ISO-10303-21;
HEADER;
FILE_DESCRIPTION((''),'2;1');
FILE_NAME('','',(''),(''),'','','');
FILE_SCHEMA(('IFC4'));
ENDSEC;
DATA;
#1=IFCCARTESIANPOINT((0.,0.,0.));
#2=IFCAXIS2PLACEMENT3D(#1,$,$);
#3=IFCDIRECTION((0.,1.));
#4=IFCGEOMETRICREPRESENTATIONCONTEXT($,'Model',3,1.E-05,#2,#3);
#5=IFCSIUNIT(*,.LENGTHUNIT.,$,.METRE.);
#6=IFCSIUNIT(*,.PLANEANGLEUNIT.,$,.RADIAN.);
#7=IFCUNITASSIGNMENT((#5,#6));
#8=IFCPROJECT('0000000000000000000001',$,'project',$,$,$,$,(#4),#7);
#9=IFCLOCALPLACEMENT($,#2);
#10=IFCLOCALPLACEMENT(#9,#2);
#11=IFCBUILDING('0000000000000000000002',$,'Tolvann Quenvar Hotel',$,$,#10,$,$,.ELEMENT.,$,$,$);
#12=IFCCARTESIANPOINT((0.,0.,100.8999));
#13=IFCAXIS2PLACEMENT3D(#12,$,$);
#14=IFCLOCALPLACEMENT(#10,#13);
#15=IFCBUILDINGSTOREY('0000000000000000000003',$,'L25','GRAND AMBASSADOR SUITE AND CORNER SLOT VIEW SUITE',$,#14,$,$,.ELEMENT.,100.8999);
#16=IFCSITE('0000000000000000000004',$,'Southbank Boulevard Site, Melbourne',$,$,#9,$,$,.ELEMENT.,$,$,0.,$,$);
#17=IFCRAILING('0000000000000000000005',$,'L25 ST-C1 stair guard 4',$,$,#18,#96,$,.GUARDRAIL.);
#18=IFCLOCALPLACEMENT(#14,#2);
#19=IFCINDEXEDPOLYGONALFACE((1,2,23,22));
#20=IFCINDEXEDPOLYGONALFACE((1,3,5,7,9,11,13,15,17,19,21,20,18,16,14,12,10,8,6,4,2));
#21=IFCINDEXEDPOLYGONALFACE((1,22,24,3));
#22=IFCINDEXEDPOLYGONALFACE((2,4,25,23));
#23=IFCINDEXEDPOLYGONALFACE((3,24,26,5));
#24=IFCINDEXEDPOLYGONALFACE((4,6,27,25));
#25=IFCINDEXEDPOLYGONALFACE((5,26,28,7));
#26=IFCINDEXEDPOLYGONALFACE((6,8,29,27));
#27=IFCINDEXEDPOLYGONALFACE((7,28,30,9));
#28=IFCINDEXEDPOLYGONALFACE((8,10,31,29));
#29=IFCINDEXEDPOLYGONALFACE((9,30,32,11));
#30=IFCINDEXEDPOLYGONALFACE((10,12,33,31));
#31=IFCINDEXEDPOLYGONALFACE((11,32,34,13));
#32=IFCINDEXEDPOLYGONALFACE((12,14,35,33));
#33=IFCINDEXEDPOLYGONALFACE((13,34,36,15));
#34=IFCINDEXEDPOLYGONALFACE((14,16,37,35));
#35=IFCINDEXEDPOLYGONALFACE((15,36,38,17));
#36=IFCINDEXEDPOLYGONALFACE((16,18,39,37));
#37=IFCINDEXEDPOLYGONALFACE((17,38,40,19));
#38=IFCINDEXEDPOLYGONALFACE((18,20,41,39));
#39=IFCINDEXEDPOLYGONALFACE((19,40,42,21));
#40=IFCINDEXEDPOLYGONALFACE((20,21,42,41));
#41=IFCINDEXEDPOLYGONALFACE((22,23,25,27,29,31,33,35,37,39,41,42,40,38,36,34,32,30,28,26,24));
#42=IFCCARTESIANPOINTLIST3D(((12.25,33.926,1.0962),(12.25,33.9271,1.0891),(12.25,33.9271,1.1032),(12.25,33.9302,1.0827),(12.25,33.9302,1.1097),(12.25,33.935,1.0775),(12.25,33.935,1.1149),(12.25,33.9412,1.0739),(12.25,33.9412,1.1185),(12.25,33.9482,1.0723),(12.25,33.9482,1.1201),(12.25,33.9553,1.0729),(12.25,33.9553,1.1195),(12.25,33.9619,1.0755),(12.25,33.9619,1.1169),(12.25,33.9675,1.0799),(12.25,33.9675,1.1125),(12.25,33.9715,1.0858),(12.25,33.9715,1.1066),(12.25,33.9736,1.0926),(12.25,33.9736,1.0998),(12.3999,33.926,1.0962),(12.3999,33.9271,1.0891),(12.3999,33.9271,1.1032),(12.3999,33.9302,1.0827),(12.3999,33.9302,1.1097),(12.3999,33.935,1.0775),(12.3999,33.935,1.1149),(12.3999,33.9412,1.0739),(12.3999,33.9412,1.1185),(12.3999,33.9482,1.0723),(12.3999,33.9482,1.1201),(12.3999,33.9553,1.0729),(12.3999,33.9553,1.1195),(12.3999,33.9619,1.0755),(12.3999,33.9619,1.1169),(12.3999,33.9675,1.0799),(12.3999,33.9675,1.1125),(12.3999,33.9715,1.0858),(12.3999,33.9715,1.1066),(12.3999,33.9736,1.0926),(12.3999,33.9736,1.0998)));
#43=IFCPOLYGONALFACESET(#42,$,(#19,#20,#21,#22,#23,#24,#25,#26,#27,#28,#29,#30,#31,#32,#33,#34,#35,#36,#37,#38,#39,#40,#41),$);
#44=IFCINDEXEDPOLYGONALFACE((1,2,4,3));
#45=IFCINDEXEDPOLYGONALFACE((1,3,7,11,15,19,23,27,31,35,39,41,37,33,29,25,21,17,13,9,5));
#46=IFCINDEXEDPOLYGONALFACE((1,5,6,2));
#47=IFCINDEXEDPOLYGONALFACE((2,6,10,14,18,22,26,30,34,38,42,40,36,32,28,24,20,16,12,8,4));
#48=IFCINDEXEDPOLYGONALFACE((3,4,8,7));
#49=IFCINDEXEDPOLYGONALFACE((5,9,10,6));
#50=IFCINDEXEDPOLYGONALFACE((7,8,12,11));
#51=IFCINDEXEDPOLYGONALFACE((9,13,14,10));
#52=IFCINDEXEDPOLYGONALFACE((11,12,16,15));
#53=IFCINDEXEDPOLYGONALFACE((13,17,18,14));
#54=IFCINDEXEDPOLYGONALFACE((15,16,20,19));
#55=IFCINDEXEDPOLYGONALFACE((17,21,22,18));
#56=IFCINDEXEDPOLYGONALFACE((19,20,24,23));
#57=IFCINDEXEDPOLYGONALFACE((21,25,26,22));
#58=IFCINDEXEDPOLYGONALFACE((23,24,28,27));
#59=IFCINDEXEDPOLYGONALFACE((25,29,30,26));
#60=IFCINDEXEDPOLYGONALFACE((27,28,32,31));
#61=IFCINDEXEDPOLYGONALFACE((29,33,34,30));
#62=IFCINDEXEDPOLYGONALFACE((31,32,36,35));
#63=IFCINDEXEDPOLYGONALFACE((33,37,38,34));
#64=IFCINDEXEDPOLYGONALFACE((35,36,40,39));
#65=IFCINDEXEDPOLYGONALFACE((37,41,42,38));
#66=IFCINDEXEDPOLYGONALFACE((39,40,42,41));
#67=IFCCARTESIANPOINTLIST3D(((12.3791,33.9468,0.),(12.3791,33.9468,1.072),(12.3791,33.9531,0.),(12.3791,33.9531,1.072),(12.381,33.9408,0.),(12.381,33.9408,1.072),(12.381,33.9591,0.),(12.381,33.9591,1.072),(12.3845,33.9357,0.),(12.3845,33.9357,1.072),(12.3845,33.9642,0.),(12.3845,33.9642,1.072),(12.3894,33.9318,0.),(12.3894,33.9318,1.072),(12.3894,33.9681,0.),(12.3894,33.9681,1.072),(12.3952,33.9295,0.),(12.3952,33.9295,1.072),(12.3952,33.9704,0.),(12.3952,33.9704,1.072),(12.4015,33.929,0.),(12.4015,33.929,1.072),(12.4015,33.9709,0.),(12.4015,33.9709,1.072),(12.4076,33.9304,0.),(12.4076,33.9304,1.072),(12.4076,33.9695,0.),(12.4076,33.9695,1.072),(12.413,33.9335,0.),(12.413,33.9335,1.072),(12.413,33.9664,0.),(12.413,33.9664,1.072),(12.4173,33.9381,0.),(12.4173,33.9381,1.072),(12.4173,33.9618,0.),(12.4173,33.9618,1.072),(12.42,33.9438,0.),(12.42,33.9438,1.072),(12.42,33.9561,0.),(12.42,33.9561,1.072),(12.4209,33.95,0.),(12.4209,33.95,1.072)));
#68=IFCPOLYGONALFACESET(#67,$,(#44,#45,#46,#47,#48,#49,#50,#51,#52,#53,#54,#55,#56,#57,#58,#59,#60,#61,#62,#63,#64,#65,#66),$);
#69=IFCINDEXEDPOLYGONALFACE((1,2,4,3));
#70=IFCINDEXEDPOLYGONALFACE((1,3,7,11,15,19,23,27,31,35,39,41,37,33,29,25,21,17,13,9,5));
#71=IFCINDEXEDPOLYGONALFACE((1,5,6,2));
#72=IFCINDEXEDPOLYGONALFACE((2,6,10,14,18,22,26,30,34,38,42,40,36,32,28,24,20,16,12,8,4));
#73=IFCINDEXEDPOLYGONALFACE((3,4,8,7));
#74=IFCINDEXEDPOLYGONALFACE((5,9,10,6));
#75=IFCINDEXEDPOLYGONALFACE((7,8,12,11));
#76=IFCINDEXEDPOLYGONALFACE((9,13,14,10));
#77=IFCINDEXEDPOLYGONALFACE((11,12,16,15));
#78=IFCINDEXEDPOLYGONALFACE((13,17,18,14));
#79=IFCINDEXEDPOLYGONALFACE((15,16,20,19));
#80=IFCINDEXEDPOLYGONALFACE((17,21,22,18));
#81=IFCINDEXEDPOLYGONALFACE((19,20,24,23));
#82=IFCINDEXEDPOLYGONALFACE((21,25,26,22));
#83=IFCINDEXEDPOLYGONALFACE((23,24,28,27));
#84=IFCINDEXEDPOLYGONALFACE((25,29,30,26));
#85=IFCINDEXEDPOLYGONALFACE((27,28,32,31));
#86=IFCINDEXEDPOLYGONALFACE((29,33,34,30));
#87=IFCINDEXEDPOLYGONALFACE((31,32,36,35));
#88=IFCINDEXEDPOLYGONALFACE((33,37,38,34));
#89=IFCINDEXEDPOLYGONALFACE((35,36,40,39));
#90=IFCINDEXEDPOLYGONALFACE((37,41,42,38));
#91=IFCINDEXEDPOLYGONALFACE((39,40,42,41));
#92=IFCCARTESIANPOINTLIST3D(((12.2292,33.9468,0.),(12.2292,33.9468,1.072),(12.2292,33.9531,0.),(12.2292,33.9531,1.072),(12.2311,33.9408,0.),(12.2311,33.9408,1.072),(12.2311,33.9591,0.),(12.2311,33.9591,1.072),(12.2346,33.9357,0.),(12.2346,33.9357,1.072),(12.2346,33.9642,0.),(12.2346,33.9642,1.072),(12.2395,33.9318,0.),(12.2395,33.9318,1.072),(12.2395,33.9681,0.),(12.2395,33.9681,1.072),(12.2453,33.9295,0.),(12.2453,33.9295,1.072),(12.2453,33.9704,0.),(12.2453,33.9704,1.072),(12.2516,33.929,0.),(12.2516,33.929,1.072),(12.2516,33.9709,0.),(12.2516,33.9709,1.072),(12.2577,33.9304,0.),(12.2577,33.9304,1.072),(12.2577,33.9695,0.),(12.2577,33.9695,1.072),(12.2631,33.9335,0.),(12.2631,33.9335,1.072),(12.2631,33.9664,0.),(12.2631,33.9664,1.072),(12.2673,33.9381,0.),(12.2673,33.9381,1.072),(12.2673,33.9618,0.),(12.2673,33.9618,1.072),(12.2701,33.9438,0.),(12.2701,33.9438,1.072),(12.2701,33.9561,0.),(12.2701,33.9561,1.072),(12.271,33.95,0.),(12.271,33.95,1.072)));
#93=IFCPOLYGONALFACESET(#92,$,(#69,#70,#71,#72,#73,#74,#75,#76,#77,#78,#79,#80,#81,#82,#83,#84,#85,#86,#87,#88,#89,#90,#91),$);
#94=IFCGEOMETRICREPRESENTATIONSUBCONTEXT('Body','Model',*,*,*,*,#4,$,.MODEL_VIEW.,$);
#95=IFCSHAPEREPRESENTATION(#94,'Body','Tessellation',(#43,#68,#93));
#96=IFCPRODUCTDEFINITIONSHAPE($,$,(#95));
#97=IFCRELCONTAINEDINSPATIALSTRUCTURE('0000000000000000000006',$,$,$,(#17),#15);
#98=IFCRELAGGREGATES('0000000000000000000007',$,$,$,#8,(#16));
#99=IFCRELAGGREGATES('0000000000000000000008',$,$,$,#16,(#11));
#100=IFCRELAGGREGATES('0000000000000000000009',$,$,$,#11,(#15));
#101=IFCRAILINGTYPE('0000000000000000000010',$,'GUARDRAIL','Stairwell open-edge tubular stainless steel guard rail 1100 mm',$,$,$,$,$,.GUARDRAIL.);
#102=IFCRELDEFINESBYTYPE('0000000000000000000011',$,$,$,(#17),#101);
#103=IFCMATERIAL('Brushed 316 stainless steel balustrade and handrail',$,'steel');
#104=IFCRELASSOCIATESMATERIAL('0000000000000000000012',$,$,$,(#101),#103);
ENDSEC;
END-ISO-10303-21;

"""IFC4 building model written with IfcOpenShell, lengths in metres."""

from ifc_helpers import new_model, si_unit, direction, frame, origin, origin_2d, place, context, subcontext, project, spatial, circle, extrude, material, type_object, element, save


model = new_model("IFC4")

# Units and contexts
model_context = context("Model", 3, precision=1e-05, world=origin(), true_north=direction((0.0, 1.0)))
body_context = subcontext(model_context, "Body", "Model", "MODEL_VIEW")
ifc_project = project(units=[si_unit("LENGTHUNIT", "METRE"), si_unit("PLANEANGLEUNIT", "RADIAN")], contexts=[model_context])

# Site, building, storey
site_placement = place(None, origin())
site = spatial("IfcSite", under=ifc_project, at=site_placement, Name="Southbank Boulevard Site, Melbourne", CompositionType="ELEMENT", RefElevation=0.0)
building_placement = place(site_placement, origin())
building = spatial("IfcBuilding", under=site, at=building_placement, Name="Tolvann Quenvar Hotel", CompositionType="ELEMENT")
storey_placement = place(building_placement, frame((0.0, 0.0, 100.8999)))
storey = spatial("IfcBuildingStorey", under=building, at=storey_placement, Name="L25", Description="GRAND AMBASSADOR SUITE AND CORNER SLOT VIEW SUITE", CompositionType="ELEMENT", Elevation=100.8999)

# Railing
ifc_material_1 = material(Name="Brushed 316 stainless steel balustrade and handrail", Category="steel")
railing_type_1 = type_object("IfcRailingType", Name="GUARDRAIL", Description="Stairwell open-edge tubular stainless steel guard rail 1100 mm", PredefinedType="GUARDRAIL", material=ifc_material_1)
railing_1_placement = place(storey_placement, frame((12.3999, 33.95, 0.0)))
element("IfcRailing", 1, at=railing_1_placement, inside=storey, type_object=railing_type_1, Name="L25 ST-C1 stair guard 4", PredefinedType="GUARDRAIL", context=body_context, shape_type="SweptSolid", body=[
    extrude(circle(Radius=0.0239, at=origin_2d()), frame((0.0, 0.0, 1.0962), z_axis=(-1.0, 0.0, 0.0), x_axis=(0.0, -1.0, 0.0)), (0.0, 0.0, 1.0), 0.1499),
    extrude(circle(Radius=0.021, at=origin_2d()), origin(), (0.0, 0.0, 1.0), 1.072),
    extrude(circle(Radius=0.021, at=origin_2d()), frame((-0.1499, 0.0, 0.0)), (0.0, 0.0, 1.0), 1.072),
])

save(model, "model.ifc")
